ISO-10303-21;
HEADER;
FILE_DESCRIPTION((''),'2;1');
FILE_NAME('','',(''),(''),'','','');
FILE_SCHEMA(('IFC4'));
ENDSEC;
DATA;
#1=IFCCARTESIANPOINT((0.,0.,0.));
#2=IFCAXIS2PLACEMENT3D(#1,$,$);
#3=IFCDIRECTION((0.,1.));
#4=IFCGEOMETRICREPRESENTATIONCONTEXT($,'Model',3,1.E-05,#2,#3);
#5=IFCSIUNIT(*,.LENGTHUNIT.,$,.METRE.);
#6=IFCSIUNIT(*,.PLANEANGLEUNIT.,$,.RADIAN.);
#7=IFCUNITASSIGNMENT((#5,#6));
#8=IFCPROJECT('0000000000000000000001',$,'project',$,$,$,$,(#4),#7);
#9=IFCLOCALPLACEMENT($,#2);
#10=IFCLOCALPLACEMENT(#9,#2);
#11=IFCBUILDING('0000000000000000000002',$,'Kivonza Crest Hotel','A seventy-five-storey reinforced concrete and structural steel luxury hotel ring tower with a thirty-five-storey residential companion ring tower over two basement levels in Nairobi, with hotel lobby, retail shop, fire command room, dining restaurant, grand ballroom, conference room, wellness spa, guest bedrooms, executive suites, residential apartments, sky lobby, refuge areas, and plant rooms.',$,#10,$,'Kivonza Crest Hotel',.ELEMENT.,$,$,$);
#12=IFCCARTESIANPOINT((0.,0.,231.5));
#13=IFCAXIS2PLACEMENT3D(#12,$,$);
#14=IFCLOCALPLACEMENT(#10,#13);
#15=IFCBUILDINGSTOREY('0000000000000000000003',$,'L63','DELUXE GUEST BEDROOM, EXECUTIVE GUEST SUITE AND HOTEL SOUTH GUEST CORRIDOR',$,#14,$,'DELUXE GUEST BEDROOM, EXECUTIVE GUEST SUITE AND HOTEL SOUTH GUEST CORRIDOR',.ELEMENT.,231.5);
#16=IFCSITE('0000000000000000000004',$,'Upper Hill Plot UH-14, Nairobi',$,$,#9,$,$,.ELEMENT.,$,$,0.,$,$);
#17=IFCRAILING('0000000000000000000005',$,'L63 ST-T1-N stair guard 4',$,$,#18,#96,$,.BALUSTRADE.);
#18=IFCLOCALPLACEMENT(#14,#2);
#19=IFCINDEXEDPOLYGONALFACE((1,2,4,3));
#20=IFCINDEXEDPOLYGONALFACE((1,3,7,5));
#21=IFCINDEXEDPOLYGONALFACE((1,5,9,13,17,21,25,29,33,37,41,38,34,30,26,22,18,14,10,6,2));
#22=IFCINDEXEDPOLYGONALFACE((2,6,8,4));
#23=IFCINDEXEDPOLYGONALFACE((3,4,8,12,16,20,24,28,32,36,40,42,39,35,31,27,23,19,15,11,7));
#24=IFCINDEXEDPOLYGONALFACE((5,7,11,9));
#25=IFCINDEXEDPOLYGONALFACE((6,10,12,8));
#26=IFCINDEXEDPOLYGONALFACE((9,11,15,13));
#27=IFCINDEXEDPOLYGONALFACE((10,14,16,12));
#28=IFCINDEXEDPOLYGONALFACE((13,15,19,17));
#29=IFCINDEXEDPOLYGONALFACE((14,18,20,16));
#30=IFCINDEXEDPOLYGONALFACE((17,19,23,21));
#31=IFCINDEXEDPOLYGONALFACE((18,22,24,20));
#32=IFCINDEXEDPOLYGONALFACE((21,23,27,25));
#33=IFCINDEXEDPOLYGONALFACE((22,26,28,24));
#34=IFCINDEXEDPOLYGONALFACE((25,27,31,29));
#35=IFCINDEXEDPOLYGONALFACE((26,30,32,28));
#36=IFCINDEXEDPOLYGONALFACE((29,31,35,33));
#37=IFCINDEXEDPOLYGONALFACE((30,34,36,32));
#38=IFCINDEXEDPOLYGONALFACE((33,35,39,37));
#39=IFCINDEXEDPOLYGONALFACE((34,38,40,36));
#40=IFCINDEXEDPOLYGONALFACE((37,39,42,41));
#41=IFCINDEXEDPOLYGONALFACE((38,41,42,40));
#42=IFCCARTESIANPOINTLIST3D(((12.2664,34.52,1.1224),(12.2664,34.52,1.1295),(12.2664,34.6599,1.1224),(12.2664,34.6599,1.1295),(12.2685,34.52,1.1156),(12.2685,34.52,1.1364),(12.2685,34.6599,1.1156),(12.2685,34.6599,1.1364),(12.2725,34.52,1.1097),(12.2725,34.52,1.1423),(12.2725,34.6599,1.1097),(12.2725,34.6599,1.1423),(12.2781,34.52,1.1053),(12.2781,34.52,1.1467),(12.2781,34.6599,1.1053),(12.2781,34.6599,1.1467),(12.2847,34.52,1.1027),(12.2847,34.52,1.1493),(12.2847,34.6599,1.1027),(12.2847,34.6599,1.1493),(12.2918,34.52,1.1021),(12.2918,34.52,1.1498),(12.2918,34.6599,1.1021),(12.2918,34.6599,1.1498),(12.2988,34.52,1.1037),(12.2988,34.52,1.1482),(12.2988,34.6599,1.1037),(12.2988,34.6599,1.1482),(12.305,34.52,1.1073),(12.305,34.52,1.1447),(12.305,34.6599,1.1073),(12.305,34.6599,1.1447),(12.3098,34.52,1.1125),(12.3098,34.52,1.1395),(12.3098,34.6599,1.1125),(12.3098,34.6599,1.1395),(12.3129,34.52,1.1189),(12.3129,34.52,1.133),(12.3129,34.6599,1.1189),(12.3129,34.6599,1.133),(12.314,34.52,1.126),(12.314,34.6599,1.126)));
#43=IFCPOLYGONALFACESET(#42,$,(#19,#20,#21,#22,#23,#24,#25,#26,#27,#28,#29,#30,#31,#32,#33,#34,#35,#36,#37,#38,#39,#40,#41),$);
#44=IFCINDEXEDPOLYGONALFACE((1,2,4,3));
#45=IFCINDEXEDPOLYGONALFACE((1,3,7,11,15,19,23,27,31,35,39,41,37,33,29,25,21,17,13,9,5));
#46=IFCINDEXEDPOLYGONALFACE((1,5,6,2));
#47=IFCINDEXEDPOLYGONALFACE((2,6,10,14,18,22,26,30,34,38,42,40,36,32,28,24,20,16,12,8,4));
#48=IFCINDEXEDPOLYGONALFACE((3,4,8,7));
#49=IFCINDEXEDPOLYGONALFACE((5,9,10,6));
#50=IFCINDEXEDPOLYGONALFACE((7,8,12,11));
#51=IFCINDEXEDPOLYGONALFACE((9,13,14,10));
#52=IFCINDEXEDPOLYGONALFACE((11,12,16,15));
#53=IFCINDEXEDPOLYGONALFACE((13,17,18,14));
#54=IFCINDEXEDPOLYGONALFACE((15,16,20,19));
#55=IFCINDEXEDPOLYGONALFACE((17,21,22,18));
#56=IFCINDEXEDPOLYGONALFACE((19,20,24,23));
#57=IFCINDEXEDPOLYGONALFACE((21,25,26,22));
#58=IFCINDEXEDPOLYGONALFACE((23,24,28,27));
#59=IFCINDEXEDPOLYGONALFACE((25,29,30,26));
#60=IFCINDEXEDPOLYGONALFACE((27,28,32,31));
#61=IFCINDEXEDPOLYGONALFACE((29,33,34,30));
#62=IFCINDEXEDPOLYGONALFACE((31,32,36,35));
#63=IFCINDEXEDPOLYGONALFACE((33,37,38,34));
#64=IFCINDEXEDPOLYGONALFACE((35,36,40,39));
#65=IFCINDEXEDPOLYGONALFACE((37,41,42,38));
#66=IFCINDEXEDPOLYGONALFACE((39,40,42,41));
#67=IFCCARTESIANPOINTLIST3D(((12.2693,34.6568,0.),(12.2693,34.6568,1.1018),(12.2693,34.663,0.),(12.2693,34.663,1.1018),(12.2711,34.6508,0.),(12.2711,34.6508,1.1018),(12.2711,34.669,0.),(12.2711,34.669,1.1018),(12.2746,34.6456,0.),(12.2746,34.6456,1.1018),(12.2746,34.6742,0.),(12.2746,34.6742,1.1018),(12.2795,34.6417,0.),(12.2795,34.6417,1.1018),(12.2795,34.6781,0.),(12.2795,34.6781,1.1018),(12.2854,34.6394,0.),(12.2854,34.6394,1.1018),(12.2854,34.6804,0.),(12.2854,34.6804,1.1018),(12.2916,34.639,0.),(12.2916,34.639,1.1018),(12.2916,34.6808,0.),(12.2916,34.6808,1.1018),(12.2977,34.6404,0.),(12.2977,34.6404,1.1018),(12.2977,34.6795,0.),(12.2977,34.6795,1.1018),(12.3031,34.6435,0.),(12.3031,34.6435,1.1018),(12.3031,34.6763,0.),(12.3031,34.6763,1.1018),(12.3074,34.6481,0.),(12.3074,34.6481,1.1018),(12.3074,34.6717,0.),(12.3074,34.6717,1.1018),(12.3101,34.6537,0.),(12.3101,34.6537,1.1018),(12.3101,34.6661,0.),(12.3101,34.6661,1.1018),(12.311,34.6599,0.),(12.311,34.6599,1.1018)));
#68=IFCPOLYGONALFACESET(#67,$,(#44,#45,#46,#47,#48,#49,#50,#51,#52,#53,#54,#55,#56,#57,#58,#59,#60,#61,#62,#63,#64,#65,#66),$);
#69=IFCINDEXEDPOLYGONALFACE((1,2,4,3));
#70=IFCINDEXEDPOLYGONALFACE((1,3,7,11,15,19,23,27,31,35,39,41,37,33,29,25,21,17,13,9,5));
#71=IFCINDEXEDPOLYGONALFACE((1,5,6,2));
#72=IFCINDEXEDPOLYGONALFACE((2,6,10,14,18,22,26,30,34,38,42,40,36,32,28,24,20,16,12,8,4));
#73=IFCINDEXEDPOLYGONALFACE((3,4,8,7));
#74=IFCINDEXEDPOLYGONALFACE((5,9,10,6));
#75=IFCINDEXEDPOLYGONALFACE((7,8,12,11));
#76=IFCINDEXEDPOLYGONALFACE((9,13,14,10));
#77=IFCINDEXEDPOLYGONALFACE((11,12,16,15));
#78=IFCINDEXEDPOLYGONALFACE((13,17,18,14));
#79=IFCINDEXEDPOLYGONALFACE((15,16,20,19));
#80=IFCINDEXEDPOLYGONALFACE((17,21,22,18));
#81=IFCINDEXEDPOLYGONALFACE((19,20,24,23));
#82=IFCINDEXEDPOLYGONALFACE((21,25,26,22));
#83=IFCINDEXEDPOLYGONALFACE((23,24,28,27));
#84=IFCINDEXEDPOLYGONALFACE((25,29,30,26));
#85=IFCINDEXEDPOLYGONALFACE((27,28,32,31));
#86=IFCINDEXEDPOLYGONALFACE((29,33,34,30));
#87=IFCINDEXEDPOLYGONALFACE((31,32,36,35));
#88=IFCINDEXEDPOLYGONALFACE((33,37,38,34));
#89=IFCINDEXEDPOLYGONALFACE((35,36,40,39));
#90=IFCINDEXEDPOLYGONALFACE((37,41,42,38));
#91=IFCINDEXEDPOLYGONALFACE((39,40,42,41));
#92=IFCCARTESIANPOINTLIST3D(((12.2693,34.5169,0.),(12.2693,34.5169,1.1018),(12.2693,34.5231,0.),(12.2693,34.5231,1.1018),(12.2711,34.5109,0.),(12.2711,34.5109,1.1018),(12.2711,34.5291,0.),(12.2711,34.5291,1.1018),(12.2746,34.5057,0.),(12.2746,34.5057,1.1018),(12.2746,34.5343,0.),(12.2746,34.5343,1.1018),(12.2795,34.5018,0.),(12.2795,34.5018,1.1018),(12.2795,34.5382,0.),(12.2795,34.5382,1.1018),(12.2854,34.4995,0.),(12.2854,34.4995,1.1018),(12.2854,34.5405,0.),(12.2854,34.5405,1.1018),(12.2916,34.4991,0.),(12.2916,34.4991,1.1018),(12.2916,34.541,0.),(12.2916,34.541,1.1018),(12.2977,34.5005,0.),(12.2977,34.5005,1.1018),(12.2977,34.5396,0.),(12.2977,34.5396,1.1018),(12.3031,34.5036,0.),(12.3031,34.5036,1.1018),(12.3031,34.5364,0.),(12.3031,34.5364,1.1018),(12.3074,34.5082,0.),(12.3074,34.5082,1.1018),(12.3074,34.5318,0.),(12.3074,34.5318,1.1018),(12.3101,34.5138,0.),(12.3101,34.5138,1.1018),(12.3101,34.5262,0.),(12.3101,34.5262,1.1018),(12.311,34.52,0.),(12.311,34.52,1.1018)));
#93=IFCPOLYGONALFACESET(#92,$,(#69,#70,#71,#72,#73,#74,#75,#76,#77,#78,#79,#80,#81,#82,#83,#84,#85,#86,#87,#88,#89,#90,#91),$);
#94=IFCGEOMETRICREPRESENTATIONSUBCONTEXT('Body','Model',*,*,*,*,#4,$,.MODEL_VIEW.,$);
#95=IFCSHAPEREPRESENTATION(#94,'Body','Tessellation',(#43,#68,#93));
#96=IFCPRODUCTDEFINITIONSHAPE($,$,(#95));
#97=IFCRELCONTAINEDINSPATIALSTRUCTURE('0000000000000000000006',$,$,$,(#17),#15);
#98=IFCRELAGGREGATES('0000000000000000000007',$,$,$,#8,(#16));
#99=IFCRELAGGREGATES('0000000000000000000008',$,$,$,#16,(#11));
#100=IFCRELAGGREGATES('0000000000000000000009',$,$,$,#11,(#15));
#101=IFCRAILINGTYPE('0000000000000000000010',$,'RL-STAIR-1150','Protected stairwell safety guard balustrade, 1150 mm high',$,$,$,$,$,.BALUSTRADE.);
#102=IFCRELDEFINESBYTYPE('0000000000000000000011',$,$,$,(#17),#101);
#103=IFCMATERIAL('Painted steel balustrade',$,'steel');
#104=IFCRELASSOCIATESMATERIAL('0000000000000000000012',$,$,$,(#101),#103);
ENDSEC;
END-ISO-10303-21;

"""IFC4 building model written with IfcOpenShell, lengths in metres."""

from ifc_helpers import new_model, si_unit, direction, frame, origin, origin_2d, place, context, subcontext, project, spatial, circle, extrude, material, type_object, element, save


model = new_model("IFC4")

# Units and contexts
model_context = context("Model", 3, precision=1e-05, world=origin(), true_north=direction((0.0, 1.0)))
body_context = subcontext(model_context, "Body", "Model", "MODEL_VIEW")
ifc_project = project(units=[si_unit("LENGTHUNIT", "METRE"), si_unit("PLANEANGLEUNIT", "RADIAN")], contexts=[model_context])

# Site, building, storey
site_placement = place(None, origin())
site = spatial("IfcSite", under=ifc_project, at=site_placement, Name="Upper Hill Plot UH-14, Nairobi", CompositionType="ELEMENT", RefElevation=0.0)
building_placement = place(site_placement, origin())
building = spatial("IfcBuilding", under=site, at=building_placement, Name="Kivonza Crest Hotel", Description="A seventy-five-storey reinforced concrete and structural steel luxury hotel ring tower with a thirty-five-storey residential companion ring tower over two basement levels in Nairobi, with hotel lobby, retail shop, fire command room, dining restaurant, grand ballroom, conference room, wellness spa, guest bedrooms, executive suites, residential apartments, sky lobby, refuge areas, and plant rooms.", LongName="Kivonza Crest Hotel", CompositionType="ELEMENT")
storey_placement = place(building_placement, frame((0.0, 0.0, 231.5)))
storey = spatial("IfcBuildingStorey", under=building, at=storey_placement, Name="L63", Description="DELUXE GUEST BEDROOM, EXECUTIVE GUEST SUITE AND HOTEL SOUTH GUEST CORRIDOR", LongName="DELUXE GUEST BEDROOM, EXECUTIVE GUEST SUITE AND HOTEL SOUTH GUEST CORRIDOR", CompositionType="ELEMENT", Elevation=231.5)

# Railing
ifc_material_1 = material(Name="Painted steel balustrade", Category="steel")
railing_type_1 = type_object("IfcRailingType", Name="RL-STAIR-1150", Description="Protected stairwell safety guard balustrade, 1150 mm high", PredefinedType="BALUSTRADE", material=ifc_material_1)
railing_1_placement = place(storey_placement, frame((12.29, 34.6599, 0.0)))
element("IfcRailing", 1, at=railing_1_placement, inside=storey, type_object=railing_type_1, Name="L63 ST-T1-N stair guard 4", PredefinedType="BALUSTRADE", context=body_context, shape_type="SweptSolid", body=[
    extrude(circle(Radius=0.0239, at=origin_2d()), frame((0.0, 0.0, 1.126), z_axis=(0.0, -1.0, 0.0), x_axis=(1.0, 0.0, 0.0)), (0.0, 0.0, 1.0), 0.1399),
    extrude(circle(Radius=0.021, at=origin_2d()), origin(), (0.0, 0.0, 1.0), 1.1018),
    extrude(circle(Radius=0.021, at=origin_2d()), frame((0.0, -0.1399, 0.0)), (0.0, 0.0, 1.0), 1.1018),
])

save(model, "model.ifc")
